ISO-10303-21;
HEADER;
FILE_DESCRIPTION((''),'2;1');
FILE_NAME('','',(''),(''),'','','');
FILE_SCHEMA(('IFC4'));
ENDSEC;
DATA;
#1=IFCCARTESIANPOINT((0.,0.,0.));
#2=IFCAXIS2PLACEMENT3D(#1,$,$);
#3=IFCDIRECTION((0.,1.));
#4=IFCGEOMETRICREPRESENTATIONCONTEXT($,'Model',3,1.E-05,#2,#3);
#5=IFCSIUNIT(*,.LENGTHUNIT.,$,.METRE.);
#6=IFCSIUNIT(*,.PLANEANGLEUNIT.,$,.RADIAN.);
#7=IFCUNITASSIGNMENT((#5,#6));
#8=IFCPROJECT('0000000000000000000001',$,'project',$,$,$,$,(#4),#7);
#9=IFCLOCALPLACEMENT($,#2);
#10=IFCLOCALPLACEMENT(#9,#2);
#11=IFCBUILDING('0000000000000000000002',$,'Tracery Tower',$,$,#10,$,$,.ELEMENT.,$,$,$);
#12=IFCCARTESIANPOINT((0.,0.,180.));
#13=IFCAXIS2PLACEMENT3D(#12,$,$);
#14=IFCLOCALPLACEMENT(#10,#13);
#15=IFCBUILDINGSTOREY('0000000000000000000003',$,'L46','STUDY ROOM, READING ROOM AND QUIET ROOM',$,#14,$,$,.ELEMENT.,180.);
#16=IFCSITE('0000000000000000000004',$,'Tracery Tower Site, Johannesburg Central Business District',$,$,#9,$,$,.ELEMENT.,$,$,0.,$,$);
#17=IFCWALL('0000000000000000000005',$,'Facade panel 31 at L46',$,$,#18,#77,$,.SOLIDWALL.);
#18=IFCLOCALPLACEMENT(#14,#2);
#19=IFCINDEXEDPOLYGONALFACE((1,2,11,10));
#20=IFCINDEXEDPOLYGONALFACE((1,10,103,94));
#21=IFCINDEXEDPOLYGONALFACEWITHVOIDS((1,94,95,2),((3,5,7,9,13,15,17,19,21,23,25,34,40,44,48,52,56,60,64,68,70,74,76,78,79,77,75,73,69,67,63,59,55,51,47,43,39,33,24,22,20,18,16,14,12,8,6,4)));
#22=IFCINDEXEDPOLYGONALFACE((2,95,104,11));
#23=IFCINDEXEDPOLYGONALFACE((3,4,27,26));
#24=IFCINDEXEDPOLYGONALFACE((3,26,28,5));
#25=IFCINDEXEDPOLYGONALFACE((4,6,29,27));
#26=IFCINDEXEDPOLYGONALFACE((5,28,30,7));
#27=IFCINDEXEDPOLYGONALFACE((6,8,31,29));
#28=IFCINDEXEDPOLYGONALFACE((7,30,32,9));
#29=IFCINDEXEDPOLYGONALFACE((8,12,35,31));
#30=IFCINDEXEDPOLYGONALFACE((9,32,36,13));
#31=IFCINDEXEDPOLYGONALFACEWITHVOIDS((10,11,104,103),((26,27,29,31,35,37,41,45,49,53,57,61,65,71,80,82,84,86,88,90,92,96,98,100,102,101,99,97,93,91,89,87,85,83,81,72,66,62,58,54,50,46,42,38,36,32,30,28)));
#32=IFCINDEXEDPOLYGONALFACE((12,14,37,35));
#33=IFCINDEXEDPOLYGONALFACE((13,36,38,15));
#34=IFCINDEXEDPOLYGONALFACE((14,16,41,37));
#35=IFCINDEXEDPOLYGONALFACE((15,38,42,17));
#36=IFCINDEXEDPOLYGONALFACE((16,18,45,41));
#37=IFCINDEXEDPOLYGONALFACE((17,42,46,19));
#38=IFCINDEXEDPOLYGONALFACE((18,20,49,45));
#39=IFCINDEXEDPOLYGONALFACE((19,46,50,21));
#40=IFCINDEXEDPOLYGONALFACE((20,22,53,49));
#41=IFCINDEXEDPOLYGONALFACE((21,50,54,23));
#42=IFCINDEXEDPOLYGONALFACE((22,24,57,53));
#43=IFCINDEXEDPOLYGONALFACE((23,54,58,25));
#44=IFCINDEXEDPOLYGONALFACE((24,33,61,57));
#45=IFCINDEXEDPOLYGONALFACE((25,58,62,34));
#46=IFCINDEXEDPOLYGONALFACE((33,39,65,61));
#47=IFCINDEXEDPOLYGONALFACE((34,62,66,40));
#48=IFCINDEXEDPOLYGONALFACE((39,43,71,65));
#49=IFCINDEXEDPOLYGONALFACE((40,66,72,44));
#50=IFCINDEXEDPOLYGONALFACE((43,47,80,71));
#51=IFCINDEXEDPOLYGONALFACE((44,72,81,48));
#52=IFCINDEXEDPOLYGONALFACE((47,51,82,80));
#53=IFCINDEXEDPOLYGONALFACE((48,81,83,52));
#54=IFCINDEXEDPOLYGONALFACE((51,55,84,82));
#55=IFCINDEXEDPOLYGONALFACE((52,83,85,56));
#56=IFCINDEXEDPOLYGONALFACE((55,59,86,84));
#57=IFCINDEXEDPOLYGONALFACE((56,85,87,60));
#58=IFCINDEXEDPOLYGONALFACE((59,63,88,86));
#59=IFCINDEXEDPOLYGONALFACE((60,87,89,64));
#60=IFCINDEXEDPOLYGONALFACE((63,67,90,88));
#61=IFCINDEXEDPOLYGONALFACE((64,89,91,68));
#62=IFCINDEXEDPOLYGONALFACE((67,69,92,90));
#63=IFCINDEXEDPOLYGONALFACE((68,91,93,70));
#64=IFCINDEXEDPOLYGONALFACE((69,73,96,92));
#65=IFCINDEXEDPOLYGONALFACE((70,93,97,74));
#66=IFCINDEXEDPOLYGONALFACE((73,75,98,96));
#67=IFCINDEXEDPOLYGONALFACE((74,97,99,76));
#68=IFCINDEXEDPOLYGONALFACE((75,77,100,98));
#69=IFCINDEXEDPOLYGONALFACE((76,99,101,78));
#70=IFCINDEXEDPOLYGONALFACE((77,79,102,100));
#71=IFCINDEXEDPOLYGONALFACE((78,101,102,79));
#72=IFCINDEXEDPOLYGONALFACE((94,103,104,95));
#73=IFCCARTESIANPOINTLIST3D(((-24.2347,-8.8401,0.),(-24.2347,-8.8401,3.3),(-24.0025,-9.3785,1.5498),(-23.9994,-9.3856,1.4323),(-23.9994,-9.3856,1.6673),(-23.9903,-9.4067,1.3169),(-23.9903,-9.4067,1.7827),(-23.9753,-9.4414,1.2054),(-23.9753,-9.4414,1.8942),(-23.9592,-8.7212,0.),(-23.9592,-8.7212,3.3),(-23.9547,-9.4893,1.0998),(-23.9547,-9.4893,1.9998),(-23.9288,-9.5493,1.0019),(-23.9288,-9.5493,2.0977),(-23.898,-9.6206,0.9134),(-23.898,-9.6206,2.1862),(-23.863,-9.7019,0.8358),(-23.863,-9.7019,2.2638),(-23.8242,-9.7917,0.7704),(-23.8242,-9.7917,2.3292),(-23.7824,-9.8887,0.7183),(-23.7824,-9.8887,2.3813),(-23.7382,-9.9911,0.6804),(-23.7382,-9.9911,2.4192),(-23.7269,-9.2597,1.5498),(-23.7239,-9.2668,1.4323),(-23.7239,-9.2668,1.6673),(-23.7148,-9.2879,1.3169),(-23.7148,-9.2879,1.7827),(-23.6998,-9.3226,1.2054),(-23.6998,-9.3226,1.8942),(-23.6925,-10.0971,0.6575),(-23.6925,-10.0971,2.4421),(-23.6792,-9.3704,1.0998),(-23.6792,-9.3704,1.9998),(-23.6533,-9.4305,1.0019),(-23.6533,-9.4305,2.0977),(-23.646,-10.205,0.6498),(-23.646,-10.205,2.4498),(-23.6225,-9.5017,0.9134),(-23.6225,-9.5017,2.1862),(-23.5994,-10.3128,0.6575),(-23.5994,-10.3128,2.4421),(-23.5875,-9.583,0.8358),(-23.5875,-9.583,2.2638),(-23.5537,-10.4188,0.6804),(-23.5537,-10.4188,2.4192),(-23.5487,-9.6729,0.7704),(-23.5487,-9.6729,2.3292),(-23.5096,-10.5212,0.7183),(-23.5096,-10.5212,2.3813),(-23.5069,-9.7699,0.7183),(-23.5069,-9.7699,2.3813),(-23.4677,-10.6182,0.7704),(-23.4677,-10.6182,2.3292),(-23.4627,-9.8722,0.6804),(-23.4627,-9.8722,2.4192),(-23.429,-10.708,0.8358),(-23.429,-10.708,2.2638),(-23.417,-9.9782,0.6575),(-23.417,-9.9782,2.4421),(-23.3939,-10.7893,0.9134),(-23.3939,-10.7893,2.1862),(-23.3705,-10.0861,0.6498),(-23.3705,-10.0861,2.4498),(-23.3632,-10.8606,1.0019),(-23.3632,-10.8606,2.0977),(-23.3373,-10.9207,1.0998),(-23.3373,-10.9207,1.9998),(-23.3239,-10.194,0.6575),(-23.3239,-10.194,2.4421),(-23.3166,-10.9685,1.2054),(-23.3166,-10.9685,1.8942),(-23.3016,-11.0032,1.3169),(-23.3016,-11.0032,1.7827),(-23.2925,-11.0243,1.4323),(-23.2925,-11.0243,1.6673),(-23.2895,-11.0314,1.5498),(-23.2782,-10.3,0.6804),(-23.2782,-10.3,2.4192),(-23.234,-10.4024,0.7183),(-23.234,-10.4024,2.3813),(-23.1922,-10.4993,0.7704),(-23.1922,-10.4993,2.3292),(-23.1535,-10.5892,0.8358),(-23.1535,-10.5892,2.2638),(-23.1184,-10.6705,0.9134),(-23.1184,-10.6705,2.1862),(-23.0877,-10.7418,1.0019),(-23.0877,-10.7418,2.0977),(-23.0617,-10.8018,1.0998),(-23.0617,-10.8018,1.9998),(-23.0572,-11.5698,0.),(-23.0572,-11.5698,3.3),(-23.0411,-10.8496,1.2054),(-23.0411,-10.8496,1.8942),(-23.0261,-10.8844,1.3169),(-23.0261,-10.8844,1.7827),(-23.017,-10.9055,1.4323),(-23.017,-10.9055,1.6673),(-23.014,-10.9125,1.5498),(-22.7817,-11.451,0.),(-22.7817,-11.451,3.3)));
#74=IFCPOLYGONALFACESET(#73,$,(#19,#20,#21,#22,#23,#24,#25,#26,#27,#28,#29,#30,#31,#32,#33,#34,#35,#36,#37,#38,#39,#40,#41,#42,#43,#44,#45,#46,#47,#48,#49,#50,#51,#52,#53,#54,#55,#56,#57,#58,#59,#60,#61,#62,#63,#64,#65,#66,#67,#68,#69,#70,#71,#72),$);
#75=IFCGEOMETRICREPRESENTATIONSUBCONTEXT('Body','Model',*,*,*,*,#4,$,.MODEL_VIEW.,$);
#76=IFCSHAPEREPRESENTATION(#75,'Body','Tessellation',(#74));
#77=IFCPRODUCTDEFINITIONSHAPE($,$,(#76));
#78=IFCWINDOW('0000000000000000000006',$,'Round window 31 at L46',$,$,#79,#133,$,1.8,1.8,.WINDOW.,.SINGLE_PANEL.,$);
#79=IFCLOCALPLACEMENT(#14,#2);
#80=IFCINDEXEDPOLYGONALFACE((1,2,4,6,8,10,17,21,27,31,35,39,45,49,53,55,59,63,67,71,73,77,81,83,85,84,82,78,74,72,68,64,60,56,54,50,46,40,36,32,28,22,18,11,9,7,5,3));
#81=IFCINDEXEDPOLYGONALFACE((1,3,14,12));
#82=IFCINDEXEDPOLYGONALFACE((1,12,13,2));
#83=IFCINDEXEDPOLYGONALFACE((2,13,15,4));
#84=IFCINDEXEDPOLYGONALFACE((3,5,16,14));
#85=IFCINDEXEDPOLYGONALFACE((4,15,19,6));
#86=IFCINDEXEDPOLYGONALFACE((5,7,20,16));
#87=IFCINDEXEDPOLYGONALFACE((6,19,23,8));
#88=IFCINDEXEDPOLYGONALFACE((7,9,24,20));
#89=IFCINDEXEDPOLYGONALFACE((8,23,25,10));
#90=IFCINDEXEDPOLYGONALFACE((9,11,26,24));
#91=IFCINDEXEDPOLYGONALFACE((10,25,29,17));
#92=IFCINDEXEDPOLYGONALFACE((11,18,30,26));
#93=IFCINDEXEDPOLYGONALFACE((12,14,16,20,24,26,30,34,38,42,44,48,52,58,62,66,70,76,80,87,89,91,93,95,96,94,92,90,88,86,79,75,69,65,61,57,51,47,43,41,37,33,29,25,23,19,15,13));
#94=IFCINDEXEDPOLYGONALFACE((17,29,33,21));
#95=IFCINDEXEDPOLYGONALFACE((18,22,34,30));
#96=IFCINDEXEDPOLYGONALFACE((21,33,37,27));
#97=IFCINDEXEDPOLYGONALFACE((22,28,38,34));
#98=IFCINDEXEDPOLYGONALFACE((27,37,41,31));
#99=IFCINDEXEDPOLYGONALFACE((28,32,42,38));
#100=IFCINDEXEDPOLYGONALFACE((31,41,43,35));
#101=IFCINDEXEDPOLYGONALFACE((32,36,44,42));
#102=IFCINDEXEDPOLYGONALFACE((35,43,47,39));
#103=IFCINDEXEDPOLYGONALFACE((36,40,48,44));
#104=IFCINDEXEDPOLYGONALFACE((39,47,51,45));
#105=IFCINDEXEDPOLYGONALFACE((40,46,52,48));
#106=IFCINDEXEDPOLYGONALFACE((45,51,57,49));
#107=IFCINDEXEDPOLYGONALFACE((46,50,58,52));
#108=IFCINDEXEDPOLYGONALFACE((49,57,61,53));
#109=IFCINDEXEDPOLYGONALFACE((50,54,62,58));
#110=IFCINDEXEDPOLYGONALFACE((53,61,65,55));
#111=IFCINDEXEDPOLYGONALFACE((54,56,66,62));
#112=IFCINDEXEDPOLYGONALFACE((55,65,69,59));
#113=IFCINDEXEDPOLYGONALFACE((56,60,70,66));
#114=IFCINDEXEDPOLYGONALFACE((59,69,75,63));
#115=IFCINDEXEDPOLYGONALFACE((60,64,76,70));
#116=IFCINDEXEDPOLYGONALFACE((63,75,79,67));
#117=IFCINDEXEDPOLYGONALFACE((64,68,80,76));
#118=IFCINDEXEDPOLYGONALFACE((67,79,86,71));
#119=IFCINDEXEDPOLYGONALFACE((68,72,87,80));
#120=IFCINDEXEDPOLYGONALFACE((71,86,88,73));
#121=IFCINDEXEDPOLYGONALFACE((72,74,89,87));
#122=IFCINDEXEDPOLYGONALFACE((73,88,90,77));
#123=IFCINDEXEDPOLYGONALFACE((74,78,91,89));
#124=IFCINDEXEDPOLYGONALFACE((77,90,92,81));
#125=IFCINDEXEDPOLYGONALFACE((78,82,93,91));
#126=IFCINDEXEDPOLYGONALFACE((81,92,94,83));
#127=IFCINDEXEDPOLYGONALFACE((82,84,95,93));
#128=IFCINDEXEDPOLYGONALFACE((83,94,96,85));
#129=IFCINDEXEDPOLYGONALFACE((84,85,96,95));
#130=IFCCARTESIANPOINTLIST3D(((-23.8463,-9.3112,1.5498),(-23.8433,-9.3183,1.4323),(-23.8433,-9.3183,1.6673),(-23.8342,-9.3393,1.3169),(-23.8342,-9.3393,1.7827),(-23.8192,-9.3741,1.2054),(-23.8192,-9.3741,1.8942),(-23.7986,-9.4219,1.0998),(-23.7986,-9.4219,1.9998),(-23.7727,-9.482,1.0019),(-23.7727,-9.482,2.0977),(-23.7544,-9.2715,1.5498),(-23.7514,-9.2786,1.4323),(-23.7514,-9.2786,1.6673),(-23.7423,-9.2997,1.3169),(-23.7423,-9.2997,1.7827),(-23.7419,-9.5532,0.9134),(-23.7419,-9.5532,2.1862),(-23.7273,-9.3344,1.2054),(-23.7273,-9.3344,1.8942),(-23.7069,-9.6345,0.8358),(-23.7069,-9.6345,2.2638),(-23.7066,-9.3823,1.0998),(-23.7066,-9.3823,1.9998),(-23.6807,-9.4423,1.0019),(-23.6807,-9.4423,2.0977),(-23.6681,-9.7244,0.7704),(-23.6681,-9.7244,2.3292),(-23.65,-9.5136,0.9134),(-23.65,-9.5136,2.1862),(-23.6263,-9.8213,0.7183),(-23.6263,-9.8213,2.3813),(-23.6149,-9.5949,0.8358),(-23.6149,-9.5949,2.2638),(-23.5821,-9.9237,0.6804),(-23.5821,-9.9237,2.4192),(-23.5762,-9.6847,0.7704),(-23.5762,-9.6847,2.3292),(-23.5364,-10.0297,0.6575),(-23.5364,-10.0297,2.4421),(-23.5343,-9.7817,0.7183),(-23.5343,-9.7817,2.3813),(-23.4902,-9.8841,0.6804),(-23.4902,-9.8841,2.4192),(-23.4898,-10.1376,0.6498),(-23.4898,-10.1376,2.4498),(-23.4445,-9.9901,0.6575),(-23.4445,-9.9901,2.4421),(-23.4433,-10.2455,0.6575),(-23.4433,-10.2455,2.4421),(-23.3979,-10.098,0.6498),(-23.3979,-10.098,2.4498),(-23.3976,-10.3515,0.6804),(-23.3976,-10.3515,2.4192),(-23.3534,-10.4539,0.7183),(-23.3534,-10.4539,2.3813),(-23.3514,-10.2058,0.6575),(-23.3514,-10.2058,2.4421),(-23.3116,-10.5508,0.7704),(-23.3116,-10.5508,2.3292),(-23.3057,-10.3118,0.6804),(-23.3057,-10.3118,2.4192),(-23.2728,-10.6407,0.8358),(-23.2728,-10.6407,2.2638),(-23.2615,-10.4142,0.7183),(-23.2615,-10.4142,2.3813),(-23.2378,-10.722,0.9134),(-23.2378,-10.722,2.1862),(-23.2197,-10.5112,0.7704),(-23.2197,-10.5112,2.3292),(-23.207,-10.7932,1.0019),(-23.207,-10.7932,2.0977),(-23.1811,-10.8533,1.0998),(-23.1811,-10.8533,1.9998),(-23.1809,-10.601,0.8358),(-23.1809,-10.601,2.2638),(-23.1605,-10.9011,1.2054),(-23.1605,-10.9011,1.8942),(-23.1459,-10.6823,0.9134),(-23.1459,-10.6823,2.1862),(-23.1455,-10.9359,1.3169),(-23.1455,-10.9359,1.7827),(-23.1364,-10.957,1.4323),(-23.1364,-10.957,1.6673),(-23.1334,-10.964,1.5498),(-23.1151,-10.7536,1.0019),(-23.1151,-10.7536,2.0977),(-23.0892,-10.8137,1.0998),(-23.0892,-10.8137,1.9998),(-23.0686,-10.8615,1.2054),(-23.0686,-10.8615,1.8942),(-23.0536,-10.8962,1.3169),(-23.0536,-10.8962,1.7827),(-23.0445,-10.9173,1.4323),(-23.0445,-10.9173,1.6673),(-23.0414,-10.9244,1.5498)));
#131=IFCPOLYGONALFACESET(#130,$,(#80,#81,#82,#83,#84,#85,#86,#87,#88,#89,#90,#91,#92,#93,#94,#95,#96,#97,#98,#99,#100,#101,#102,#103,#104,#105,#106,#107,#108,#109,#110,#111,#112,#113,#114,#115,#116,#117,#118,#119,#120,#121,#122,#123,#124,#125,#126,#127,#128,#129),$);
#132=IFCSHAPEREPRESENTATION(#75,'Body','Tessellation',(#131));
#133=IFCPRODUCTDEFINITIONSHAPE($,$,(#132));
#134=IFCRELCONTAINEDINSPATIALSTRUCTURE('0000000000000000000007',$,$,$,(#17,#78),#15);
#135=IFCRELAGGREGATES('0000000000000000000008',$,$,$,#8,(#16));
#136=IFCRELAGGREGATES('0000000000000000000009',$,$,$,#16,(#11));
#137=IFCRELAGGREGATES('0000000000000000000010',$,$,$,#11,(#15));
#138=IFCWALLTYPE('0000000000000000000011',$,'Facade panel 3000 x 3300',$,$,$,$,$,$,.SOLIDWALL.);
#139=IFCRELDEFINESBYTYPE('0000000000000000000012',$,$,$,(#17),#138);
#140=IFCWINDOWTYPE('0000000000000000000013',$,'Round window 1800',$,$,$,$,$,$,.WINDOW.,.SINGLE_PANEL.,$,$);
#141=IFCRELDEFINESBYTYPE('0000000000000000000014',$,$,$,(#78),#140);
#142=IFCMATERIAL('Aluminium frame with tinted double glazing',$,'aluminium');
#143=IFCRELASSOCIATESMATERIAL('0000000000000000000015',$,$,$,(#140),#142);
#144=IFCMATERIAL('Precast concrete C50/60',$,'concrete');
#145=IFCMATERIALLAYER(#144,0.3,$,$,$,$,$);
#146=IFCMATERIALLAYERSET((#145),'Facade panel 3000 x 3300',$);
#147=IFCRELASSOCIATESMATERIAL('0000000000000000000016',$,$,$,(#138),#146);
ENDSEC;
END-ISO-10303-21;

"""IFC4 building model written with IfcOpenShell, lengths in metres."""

from ifc_helpers import new_model, si_unit, direction, frame, frame_2d, origin, origin_2d, place, context, subcontext, project, spatial, rectangle, circle, extrude, material, layer, layer_set, type_object, element, fill, save


model = new_model("IFC4")

# Units and contexts
model_context = context("Model", 3, precision=1e-05, world=origin(), true_north=direction((0.0, 1.0)))
body_context = subcontext(model_context, "Body", "Model", "MODEL_VIEW")
ifc_project = project(units=[si_unit("LENGTHUNIT", "METRE"), si_unit("PLANEANGLEUNIT", "RADIAN")], contexts=[model_context])

# Site, building, storey
site_placement = place(None, origin())
site = spatial("IfcSite", under=ifc_project, at=site_placement, Name="Tracery Tower Site, Johannesburg Central Business District", CompositionType="ELEMENT", RefElevation=0.0)
building_placement = place(site_placement, origin())
building = spatial("IfcBuilding", under=site, at=building_placement, Name="Tracery Tower", CompositionType="ELEMENT")
storey_placement = place(building_placement, frame((0.0, 0.0, 180.0)))
storey = spatial("IfcBuildingStorey", under=building, at=storey_placement, Name="L46", Description="STUDY ROOM, READING ROOM AND QUIET ROOM", CompositionType="ELEMENT", Elevation=180.0)

# Wall, opening, window
ifc_material_1 = material(Name="Aluminium frame with tinted double glazing", Category="aluminium")
window_type = type_object("IfcWindowType", Name="Round window 1800", PartitioningType="SINGLE_PANEL", PredefinedType="WINDOW", material=ifc_material_1)
ifc_material_2 = material(Name="Precast concrete C50/60", Category="concrete")
ifc_layer_1 = layer(ifc_material_2, 0.3)
ifc_layer_set_1 = layer_set([ifc_layer_1], Name="Facade panel 3000 x 3300")
wall_type_1 = type_object("IfcWallType", Name="Facade panel 3000 x 3300", PredefinedType="SOLIDWALL", material=ifc_layer_set_1)
wall_1_placement = place(storey_placement, frame((-24.0969, -8.7808, 0.0), z_axis=(0.0, 0.0, 1.0), x_axis=(0.396079, -0.918216, 0.0)))
wall_1 = element("IfcWall", 1, at=wall_1_placement, inside=storey, type_object=wall_type_1, Name="Facade panel 31 at L46", PredefinedType="SOLIDWALL", context=body_context, shape_type="SweptSolid", body=[
    extrude(rectangle(XDim=2.9729, YDim=0.3, at=frame_2d((1.4863, 0.0))), origin(), (0.0, 0.0, 1.0), 3.3),
])
opening_1_placement = place(wall_1_placement, frame((1.4863, 0.0, 1.5498)))
opening_1 = element("IfcOpeningElement", 2, at=opening_1_placement, cuts=wall_1, PredefinedType="OPENING", context=body_context, shape_type="SweptSolid", body=[
    extrude(circle(Radius=0.9, at=origin_2d()), frame((0.0, 0.1599, 0.0), z_axis=(0.0, -1.0, 0.0), x_axis=(1.0, 0.0, 0.0)), (0.0, 0.0, 1.0), 0.3201),
])
window_1_placement = place(opening_1_placement, origin())
window_1 = element("IfcWindow", 3, at=window_1_placement, inside=storey, type_object=window_type, Name="Round window 31 at L46", OverallHeight=1.8, OverallWidth=1.8, PartitioningType="SINGLE_PANEL", PredefinedType="WINDOW", context=body_context, shape_type="SweptSolid", body=[
    extrude(circle(Radius=0.9, at=origin_2d()), frame((0.0, 0.1201, 0.0), z_axis=(0.0, -1.0, 0.0), x_axis=(1.0, 0.0, 0.0)), (0.0, 0.0, 1.0), 0.1001),
])
fill(opening_1, window_1)

save(model, "model.ifc")
